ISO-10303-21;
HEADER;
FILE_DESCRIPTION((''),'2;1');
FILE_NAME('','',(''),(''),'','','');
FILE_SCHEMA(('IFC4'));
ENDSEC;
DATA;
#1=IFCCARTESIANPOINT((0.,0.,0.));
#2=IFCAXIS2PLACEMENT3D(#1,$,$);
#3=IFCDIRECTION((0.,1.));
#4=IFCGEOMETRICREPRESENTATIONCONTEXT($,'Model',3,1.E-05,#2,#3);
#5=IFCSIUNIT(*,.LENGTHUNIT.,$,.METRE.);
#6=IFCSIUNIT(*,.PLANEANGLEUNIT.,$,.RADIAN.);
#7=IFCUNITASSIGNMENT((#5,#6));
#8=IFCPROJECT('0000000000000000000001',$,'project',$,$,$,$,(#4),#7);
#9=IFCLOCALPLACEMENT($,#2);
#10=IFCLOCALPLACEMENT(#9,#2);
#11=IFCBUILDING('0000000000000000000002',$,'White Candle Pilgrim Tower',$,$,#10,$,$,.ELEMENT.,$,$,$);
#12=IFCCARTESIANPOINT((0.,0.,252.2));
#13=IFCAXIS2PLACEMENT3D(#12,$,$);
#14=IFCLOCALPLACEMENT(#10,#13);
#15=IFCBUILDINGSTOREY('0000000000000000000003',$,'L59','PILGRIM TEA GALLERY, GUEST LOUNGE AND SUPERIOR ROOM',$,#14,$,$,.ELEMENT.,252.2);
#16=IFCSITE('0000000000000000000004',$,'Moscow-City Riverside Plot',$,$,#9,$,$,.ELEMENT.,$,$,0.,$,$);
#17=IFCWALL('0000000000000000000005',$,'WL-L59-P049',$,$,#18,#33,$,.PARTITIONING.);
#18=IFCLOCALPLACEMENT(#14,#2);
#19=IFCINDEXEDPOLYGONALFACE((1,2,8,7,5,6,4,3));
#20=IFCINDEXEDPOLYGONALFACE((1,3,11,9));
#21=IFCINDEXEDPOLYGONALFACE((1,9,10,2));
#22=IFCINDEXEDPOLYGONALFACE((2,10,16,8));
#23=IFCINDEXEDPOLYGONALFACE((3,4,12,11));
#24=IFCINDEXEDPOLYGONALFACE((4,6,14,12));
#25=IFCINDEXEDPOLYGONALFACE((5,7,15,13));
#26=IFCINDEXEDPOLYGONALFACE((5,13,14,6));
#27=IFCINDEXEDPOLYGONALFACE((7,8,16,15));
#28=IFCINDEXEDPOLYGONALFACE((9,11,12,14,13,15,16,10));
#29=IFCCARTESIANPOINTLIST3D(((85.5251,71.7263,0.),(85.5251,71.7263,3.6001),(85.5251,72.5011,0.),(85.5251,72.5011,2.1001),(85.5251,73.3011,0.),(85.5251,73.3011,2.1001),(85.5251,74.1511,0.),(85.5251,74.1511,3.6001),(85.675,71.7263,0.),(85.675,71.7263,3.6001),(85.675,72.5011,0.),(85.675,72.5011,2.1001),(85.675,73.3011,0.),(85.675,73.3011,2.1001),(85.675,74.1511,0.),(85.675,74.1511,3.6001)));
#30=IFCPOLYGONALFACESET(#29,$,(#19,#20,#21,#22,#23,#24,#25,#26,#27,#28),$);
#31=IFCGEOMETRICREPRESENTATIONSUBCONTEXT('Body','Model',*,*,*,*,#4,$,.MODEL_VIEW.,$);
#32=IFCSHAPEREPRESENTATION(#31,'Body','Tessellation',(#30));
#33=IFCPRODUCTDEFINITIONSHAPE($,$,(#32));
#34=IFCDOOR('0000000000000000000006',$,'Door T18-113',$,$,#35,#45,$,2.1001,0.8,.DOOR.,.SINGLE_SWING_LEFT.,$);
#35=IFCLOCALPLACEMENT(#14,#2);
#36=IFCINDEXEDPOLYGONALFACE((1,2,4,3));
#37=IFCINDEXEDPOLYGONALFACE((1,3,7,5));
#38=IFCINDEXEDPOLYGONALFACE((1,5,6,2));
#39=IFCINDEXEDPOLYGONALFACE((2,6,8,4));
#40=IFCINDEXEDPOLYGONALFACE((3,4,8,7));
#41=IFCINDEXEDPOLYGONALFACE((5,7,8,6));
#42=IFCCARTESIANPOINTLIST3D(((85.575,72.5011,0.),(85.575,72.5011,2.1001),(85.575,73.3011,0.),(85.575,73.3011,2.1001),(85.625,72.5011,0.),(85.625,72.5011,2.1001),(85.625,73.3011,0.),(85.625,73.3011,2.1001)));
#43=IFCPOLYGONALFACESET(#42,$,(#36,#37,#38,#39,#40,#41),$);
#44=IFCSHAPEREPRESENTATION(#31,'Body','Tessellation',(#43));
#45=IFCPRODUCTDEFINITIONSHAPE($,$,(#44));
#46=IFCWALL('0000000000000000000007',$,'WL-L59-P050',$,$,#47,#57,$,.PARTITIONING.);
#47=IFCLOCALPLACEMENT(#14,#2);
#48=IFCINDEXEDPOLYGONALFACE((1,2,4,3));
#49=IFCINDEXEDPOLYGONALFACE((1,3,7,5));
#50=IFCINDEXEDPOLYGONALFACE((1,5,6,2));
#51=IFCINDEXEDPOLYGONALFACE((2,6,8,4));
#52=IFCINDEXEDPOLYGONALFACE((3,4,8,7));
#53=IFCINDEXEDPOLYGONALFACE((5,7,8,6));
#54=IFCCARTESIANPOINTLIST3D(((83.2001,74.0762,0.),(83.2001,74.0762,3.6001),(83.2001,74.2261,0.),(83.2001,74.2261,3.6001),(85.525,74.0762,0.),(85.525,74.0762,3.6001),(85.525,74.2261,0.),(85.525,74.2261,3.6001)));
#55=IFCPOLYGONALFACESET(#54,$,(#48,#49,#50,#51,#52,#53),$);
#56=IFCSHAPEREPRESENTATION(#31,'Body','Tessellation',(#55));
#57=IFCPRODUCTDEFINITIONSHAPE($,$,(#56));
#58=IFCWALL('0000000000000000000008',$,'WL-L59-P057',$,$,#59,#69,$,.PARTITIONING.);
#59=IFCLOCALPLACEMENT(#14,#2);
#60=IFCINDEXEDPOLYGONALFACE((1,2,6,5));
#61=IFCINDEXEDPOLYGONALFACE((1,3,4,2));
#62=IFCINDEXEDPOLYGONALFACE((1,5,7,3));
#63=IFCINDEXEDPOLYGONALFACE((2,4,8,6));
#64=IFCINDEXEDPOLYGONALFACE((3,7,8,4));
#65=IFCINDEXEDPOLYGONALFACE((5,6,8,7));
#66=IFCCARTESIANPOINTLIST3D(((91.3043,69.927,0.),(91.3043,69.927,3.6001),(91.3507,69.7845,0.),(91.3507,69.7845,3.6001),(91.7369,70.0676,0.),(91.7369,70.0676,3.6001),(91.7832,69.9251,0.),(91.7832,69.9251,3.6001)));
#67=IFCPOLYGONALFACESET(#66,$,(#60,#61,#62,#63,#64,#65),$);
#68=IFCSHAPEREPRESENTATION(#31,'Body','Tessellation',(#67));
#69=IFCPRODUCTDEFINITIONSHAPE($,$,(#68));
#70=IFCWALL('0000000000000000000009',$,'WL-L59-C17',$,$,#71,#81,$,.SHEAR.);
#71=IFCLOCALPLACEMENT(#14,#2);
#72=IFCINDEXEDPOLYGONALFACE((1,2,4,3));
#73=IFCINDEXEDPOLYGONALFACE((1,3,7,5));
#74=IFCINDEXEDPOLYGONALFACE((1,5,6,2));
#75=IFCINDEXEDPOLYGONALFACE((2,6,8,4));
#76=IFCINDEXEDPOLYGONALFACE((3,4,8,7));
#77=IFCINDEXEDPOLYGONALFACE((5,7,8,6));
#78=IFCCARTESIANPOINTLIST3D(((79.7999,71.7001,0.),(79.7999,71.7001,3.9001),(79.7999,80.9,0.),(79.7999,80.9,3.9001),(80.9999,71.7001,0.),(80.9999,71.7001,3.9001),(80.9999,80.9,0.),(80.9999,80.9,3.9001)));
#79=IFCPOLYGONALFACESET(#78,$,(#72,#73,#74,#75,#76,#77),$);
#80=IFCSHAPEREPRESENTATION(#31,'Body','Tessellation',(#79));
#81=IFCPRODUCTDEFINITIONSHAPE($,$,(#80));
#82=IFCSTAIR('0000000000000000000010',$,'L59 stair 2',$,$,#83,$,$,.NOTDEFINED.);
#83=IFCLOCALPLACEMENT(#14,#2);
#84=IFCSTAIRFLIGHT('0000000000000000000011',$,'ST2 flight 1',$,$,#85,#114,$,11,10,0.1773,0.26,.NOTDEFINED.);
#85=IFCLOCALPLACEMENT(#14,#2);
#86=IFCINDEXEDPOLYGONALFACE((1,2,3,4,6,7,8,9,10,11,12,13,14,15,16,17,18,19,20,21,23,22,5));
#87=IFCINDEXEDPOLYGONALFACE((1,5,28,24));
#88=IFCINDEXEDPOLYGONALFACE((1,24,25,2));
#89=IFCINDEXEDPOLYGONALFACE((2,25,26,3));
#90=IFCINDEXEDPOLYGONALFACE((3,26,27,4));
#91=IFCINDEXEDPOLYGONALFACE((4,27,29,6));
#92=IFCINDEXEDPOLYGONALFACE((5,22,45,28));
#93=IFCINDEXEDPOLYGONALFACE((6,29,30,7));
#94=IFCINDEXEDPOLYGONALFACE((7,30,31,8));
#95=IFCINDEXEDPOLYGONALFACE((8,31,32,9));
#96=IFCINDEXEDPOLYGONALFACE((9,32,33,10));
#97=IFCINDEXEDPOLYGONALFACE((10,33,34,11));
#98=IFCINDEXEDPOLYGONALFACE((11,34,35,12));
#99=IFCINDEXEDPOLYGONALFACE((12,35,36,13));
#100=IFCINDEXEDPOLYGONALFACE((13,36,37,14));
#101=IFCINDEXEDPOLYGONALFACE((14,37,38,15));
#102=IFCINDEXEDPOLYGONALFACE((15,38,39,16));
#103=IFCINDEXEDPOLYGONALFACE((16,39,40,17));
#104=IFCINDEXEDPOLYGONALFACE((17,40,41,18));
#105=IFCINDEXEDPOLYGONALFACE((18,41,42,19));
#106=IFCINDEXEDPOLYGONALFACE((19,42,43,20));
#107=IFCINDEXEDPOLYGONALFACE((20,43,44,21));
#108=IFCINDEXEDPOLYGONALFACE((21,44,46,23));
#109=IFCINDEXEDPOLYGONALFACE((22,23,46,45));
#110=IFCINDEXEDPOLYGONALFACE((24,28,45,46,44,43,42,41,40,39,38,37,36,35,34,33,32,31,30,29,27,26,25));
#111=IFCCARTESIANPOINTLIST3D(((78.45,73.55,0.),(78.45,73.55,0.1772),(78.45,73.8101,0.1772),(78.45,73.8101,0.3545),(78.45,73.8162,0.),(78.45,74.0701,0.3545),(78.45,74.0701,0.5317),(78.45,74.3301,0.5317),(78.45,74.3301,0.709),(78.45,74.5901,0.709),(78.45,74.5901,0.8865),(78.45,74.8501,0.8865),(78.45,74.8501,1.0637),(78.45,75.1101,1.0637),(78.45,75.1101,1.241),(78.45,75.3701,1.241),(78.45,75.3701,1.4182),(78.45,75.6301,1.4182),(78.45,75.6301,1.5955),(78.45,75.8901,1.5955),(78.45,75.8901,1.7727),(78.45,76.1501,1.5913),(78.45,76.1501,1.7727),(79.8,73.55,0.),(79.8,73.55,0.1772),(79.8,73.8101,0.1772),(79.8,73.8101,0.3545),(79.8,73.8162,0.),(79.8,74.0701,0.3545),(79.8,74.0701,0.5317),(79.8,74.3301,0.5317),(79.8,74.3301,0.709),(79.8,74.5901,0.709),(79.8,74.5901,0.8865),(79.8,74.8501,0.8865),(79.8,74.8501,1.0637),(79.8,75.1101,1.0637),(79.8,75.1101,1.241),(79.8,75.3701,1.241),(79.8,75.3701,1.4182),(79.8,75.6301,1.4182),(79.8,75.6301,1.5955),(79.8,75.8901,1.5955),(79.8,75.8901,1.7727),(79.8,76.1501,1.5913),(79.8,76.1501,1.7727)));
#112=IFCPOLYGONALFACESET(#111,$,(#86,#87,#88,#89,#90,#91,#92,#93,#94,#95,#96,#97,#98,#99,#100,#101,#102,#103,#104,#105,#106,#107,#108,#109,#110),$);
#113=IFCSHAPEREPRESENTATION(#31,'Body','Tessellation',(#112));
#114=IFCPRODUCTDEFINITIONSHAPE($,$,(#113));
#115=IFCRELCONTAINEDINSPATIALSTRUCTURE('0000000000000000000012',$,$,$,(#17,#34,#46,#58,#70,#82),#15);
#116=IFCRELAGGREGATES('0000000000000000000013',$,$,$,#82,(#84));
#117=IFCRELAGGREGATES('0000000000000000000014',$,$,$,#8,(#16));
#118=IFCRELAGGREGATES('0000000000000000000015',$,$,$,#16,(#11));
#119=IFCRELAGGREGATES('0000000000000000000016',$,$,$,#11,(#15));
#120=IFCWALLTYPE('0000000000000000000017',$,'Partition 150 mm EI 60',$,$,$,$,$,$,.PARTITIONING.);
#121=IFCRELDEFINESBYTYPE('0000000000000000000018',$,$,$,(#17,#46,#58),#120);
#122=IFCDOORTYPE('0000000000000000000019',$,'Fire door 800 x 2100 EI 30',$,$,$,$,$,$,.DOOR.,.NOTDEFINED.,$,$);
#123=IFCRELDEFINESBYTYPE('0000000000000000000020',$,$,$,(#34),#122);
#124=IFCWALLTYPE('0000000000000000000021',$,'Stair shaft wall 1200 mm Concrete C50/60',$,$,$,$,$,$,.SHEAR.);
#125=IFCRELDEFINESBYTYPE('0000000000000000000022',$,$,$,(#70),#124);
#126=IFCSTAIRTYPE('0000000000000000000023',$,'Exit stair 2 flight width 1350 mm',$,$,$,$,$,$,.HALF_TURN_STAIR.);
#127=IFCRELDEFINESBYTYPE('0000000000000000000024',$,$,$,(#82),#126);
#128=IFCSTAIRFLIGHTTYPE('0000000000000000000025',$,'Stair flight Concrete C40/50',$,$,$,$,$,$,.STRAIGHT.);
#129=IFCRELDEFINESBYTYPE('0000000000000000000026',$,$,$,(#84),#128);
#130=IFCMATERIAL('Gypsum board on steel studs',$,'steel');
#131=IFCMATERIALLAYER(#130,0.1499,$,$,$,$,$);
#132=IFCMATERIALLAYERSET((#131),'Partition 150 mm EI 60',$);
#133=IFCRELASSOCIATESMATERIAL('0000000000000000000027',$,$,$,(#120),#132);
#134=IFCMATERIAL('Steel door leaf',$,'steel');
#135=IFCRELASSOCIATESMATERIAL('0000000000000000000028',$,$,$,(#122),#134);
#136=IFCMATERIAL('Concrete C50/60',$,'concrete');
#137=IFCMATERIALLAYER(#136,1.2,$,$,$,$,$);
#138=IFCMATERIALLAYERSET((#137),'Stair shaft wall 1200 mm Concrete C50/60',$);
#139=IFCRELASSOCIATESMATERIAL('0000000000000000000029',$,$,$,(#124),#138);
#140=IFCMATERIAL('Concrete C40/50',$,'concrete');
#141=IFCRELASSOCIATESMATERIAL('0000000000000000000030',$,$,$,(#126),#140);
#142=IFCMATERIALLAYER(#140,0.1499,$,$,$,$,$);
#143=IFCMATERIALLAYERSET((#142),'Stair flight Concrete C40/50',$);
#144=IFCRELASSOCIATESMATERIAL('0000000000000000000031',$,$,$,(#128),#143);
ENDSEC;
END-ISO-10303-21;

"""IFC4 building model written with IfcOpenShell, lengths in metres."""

from ifc_helpers import new_model, si_unit, direction, frame, frame_2d, origin, place, context, subcontext, project, spatial, polyline, rectangle, outline, extrude, material, layer, layer_set, type_object, element, fill, aggregate, save


model = new_model("IFC4")

# Units and contexts
model_context = context("Model", 3, precision=1e-05, world=origin(), true_north=direction((0.0, 1.0)))
body_context = subcontext(model_context, "Body", "Model", "MODEL_VIEW")
ifc_project = project(units=[si_unit("LENGTHUNIT", "METRE"), si_unit("PLANEANGLEUNIT", "RADIAN")], contexts=[model_context])

# Site, building, storey
site_placement = place(None, origin())
site = spatial("IfcSite", under=ifc_project, at=site_placement, Name="Moscow-City Riverside Plot", CompositionType="ELEMENT", RefElevation=0.0)
building_placement = place(site_placement, origin())
building = spatial("IfcBuilding", under=site, at=building_placement, Name="White Candle Pilgrim Tower", CompositionType="ELEMENT")
storey_placement = place(building_placement, frame((0.0, 0.0, 252.2)))
storey = spatial("IfcBuildingStorey", under=building, at=storey_placement, Name="L59", Description="PILGRIM TEA GALLERY, GUEST LOUNGE AND SUPERIOR ROOM", CompositionType="ELEMENT", Elevation=252.2)

# Shared definitions
ifc_material_1 = material(Name="Concrete C50/60", Category="concrete")

# Shared definitions
ifc_material_2 = material(Name="Gypsum board on steel studs", Category="steel")

# Shared definitions
ifc_material_3 = material(Name="Steel door leaf", Category="steel")

# Shared definitions
ifc_layer_1 = layer(ifc_material_2, 0.1499)
ifc_layer_set_1 = layer_set([ifc_layer_1], Name="Partition 150 mm EI 60")
wall_type_1 = type_object("IfcWallType", Name="Partition 150 mm EI 60", PredefinedType="PARTITIONING", material=ifc_layer_set_1)

# Shared definitions
door_type_1 = type_object("IfcDoorType", Name="Fire door 800 x 2100 EI 30", OperationType="NOTDEFINED", PredefinedType="DOOR", material=ifc_material_3)

# Wall, opening, door
wall_1_placement = place(storey_placement, frame((85.6001, 74.1511, 0.0), z_axis=(0.0, 0.0, 1.0), x_axis=(0.0, -1.0, 0.0)))
wall_1 = element("IfcWall", 1, at=wall_1_placement, inside=storey, type_object=wall_type_1, Name="WL-L59-P049", PredefinedType="PARTITIONING", context=body_context, shape_type="SweptSolid", body=[
    extrude(rectangle(XDim=2.4248, YDim=0.1499, at=frame_2d((1.2124, 0.0))), origin(), (0.0, 0.0, 1.0), 3.6001),
])
opening_1_placement = place(wall_1_placement, frame((0.8501, 0.0, 0.0)))
opening_1 = element("IfcOpeningElement", 2, at=opening_1_placement, cuts=wall_1, PredefinedType="OPENING", context=body_context, shape_type="SweptSolid", body=[
    extrude(rectangle(XDim=0.8, YDim=2.1001, at=frame_2d((0.3999, 1.05))), frame((0.0, 0.085, 0.0), z_axis=(0.0, -1.0, 0.0), x_axis=(1.0, 0.0, 0.0)), (0.0, 0.0, 1.0), 0.1699),
])
door_1_placement = place(opening_1_placement, origin())
door_1 = element("IfcDoor", 3, at=door_1_placement, inside=storey, type_object=door_type_1, Name="Door T18-113", OperationType="SINGLE_SWING_LEFT", OverallHeight=2.1001, OverallWidth=0.8, PredefinedType="DOOR", context=body_context, shape_type="SweptSolid", body=[
    extrude(rectangle(XDim=0.8, YDim=2.1001, at=frame_2d((0.3999, 1.05))), frame((0.0, 0.0249, 0.0), z_axis=(0.0, -1.0, 0.0), x_axis=(1.0, 0.0, 0.0)), (0.0, 0.0, 1.0), 0.05),
])
fill(opening_1, door_1)

# Walls
wall_2_placement = place(storey_placement, frame((83.2, 74.1511, 0.0), z_axis=(0.0, 0.0, 1.0), x_axis=(1.0, 0.0, 0.0)))
element("IfcWall", 4, at=wall_2_placement, inside=storey, type_object=wall_type_1, Name="WL-L59-P050", PredefinedType="PARTITIONING", context=body_context, shape_type="SweptSolid", body=[
    extrude(rectangle(XDim=2.325, YDim=0.1499, at=frame_2d((1.1626, 0.0))), origin(), (0.0, 0.0, 1.0), 3.6001),
])
wall_3_placement = place(storey_placement, frame((91.3274, 69.8557, 0.0), z_axis=(0.0, 0.0, 1.0), x_axis=(0.951018, 0.309135, 0.0)))
element("IfcWall", 5, at=wall_3_placement, inside=storey, type_object=wall_type_1, Name="WL-L59-P057", PredefinedType="PARTITIONING", context=body_context, shape_type="SweptSolid", body=[
    extrude(rectangle(XDim=0.4548, YDim=0.1499, at=frame_2d((0.2275, 0.0))), origin(), (0.0, 0.0, 1.0), 3.6001),
])
ifc_layer_2 = layer(ifc_material_1, 1.2)
ifc_layer_set_2 = layer_set([ifc_layer_2], Name="Stair shaft wall 1200 mm Concrete C50/60")
wall_type_2 = type_object("IfcWallType", Name="Stair shaft wall 1200 mm Concrete C50/60", PredefinedType="SHEAR", material=ifc_layer_set_2)
wall_4_placement = place(storey_placement, frame((80.3999, 71.7, 0.0), z_axis=(0.0, 0.0, 1.0), x_axis=(0.0, 1.0, 0.0)))
element("IfcWall", 6, at=wall_4_placement, inside=storey, type_object=wall_type_2, Name="WL-L59-C17", PredefinedType="SHEAR", context=body_context, shape_type="SweptSolid", body=[
    extrude(rectangle(XDim=9.2, YDim=1.2, at=frame_2d((4.6001, 0.0))), origin(), (0.0, 0.0, 1.0), 3.9001),
])

# Stair, stair flight
ifc_material_4 = material(Name="Concrete C40/50", Category="concrete")
stair_type = type_object("IfcStairType", Name="Exit stair 2 flight width 1350 mm", PredefinedType="HALF_TURN_STAIR", material=ifc_material_4)
stair_placement = place(storey_placement, origin())
stair = element("IfcStair", 7, at=stair_placement, inside=storey, type_object=stair_type, Name="L59 stair 2", PredefinedType="NOTDEFINED")
ifc_layer_3 = layer(ifc_material_4, 0.1499)
ifc_layer_set_3 = layer_set([ifc_layer_3], Name="Stair flight Concrete C40/50")
stair_flight_type = type_object("IfcStairFlightType", Name="Stair flight Concrete C40/50", PredefinedType="STRAIGHT", material=ifc_layer_set_3)
stair_flight_placement = place(storey_placement, frame((79.125, 73.55, 0.0), z_axis=(0.0, 0.0, 1.0), x_axis=(0.0, 1.0, 0.0)))
stair_flight = element("IfcStairFlight", 8, at=stair_flight_placement, type_object=stair_flight_type, Name="ST2 flight 1", NumberOfRisers=11, NumberOfTreads=10, PredefinedType="NOTDEFINED", RiserHeight=0.1773, TreadLength=0.26, context=body_context, shape_type="SweptSolid", body=[
    extrude(outline(polyline([(0.0, 0.0), (0.0, 0.1772), (0.26, 0.1772), (0.26, 0.3545), (0.52, 0.3545), (0.52, 0.5317), (0.78, 0.5317), (0.78, 0.709), (1.04, 0.709), (1.04, 0.8865), (1.3, 0.8865), (1.3, 1.0637), (1.5601, 1.0637), (1.5601, 1.241), (1.8201, 1.241), (1.8201, 1.4182), (2.0801, 1.4182), (2.0801, 1.5955), (2.3401, 1.5955), (2.3401, 1.7727), (2.6001, 1.7727), (2.6001, 1.95), (2.6001, 1.5913), (0.2661, 0.0), (0.0, 0.0)])), frame((0.0, 0.675, 0.0), z_axis=(0.0, -1.0, 0.0), x_axis=(1.0, 0.0, 0.0)), (0.0, 0.0, 1.0), 1.3501),
])
aggregate(stair, [stair_flight])

save(model, "model.ifc")
